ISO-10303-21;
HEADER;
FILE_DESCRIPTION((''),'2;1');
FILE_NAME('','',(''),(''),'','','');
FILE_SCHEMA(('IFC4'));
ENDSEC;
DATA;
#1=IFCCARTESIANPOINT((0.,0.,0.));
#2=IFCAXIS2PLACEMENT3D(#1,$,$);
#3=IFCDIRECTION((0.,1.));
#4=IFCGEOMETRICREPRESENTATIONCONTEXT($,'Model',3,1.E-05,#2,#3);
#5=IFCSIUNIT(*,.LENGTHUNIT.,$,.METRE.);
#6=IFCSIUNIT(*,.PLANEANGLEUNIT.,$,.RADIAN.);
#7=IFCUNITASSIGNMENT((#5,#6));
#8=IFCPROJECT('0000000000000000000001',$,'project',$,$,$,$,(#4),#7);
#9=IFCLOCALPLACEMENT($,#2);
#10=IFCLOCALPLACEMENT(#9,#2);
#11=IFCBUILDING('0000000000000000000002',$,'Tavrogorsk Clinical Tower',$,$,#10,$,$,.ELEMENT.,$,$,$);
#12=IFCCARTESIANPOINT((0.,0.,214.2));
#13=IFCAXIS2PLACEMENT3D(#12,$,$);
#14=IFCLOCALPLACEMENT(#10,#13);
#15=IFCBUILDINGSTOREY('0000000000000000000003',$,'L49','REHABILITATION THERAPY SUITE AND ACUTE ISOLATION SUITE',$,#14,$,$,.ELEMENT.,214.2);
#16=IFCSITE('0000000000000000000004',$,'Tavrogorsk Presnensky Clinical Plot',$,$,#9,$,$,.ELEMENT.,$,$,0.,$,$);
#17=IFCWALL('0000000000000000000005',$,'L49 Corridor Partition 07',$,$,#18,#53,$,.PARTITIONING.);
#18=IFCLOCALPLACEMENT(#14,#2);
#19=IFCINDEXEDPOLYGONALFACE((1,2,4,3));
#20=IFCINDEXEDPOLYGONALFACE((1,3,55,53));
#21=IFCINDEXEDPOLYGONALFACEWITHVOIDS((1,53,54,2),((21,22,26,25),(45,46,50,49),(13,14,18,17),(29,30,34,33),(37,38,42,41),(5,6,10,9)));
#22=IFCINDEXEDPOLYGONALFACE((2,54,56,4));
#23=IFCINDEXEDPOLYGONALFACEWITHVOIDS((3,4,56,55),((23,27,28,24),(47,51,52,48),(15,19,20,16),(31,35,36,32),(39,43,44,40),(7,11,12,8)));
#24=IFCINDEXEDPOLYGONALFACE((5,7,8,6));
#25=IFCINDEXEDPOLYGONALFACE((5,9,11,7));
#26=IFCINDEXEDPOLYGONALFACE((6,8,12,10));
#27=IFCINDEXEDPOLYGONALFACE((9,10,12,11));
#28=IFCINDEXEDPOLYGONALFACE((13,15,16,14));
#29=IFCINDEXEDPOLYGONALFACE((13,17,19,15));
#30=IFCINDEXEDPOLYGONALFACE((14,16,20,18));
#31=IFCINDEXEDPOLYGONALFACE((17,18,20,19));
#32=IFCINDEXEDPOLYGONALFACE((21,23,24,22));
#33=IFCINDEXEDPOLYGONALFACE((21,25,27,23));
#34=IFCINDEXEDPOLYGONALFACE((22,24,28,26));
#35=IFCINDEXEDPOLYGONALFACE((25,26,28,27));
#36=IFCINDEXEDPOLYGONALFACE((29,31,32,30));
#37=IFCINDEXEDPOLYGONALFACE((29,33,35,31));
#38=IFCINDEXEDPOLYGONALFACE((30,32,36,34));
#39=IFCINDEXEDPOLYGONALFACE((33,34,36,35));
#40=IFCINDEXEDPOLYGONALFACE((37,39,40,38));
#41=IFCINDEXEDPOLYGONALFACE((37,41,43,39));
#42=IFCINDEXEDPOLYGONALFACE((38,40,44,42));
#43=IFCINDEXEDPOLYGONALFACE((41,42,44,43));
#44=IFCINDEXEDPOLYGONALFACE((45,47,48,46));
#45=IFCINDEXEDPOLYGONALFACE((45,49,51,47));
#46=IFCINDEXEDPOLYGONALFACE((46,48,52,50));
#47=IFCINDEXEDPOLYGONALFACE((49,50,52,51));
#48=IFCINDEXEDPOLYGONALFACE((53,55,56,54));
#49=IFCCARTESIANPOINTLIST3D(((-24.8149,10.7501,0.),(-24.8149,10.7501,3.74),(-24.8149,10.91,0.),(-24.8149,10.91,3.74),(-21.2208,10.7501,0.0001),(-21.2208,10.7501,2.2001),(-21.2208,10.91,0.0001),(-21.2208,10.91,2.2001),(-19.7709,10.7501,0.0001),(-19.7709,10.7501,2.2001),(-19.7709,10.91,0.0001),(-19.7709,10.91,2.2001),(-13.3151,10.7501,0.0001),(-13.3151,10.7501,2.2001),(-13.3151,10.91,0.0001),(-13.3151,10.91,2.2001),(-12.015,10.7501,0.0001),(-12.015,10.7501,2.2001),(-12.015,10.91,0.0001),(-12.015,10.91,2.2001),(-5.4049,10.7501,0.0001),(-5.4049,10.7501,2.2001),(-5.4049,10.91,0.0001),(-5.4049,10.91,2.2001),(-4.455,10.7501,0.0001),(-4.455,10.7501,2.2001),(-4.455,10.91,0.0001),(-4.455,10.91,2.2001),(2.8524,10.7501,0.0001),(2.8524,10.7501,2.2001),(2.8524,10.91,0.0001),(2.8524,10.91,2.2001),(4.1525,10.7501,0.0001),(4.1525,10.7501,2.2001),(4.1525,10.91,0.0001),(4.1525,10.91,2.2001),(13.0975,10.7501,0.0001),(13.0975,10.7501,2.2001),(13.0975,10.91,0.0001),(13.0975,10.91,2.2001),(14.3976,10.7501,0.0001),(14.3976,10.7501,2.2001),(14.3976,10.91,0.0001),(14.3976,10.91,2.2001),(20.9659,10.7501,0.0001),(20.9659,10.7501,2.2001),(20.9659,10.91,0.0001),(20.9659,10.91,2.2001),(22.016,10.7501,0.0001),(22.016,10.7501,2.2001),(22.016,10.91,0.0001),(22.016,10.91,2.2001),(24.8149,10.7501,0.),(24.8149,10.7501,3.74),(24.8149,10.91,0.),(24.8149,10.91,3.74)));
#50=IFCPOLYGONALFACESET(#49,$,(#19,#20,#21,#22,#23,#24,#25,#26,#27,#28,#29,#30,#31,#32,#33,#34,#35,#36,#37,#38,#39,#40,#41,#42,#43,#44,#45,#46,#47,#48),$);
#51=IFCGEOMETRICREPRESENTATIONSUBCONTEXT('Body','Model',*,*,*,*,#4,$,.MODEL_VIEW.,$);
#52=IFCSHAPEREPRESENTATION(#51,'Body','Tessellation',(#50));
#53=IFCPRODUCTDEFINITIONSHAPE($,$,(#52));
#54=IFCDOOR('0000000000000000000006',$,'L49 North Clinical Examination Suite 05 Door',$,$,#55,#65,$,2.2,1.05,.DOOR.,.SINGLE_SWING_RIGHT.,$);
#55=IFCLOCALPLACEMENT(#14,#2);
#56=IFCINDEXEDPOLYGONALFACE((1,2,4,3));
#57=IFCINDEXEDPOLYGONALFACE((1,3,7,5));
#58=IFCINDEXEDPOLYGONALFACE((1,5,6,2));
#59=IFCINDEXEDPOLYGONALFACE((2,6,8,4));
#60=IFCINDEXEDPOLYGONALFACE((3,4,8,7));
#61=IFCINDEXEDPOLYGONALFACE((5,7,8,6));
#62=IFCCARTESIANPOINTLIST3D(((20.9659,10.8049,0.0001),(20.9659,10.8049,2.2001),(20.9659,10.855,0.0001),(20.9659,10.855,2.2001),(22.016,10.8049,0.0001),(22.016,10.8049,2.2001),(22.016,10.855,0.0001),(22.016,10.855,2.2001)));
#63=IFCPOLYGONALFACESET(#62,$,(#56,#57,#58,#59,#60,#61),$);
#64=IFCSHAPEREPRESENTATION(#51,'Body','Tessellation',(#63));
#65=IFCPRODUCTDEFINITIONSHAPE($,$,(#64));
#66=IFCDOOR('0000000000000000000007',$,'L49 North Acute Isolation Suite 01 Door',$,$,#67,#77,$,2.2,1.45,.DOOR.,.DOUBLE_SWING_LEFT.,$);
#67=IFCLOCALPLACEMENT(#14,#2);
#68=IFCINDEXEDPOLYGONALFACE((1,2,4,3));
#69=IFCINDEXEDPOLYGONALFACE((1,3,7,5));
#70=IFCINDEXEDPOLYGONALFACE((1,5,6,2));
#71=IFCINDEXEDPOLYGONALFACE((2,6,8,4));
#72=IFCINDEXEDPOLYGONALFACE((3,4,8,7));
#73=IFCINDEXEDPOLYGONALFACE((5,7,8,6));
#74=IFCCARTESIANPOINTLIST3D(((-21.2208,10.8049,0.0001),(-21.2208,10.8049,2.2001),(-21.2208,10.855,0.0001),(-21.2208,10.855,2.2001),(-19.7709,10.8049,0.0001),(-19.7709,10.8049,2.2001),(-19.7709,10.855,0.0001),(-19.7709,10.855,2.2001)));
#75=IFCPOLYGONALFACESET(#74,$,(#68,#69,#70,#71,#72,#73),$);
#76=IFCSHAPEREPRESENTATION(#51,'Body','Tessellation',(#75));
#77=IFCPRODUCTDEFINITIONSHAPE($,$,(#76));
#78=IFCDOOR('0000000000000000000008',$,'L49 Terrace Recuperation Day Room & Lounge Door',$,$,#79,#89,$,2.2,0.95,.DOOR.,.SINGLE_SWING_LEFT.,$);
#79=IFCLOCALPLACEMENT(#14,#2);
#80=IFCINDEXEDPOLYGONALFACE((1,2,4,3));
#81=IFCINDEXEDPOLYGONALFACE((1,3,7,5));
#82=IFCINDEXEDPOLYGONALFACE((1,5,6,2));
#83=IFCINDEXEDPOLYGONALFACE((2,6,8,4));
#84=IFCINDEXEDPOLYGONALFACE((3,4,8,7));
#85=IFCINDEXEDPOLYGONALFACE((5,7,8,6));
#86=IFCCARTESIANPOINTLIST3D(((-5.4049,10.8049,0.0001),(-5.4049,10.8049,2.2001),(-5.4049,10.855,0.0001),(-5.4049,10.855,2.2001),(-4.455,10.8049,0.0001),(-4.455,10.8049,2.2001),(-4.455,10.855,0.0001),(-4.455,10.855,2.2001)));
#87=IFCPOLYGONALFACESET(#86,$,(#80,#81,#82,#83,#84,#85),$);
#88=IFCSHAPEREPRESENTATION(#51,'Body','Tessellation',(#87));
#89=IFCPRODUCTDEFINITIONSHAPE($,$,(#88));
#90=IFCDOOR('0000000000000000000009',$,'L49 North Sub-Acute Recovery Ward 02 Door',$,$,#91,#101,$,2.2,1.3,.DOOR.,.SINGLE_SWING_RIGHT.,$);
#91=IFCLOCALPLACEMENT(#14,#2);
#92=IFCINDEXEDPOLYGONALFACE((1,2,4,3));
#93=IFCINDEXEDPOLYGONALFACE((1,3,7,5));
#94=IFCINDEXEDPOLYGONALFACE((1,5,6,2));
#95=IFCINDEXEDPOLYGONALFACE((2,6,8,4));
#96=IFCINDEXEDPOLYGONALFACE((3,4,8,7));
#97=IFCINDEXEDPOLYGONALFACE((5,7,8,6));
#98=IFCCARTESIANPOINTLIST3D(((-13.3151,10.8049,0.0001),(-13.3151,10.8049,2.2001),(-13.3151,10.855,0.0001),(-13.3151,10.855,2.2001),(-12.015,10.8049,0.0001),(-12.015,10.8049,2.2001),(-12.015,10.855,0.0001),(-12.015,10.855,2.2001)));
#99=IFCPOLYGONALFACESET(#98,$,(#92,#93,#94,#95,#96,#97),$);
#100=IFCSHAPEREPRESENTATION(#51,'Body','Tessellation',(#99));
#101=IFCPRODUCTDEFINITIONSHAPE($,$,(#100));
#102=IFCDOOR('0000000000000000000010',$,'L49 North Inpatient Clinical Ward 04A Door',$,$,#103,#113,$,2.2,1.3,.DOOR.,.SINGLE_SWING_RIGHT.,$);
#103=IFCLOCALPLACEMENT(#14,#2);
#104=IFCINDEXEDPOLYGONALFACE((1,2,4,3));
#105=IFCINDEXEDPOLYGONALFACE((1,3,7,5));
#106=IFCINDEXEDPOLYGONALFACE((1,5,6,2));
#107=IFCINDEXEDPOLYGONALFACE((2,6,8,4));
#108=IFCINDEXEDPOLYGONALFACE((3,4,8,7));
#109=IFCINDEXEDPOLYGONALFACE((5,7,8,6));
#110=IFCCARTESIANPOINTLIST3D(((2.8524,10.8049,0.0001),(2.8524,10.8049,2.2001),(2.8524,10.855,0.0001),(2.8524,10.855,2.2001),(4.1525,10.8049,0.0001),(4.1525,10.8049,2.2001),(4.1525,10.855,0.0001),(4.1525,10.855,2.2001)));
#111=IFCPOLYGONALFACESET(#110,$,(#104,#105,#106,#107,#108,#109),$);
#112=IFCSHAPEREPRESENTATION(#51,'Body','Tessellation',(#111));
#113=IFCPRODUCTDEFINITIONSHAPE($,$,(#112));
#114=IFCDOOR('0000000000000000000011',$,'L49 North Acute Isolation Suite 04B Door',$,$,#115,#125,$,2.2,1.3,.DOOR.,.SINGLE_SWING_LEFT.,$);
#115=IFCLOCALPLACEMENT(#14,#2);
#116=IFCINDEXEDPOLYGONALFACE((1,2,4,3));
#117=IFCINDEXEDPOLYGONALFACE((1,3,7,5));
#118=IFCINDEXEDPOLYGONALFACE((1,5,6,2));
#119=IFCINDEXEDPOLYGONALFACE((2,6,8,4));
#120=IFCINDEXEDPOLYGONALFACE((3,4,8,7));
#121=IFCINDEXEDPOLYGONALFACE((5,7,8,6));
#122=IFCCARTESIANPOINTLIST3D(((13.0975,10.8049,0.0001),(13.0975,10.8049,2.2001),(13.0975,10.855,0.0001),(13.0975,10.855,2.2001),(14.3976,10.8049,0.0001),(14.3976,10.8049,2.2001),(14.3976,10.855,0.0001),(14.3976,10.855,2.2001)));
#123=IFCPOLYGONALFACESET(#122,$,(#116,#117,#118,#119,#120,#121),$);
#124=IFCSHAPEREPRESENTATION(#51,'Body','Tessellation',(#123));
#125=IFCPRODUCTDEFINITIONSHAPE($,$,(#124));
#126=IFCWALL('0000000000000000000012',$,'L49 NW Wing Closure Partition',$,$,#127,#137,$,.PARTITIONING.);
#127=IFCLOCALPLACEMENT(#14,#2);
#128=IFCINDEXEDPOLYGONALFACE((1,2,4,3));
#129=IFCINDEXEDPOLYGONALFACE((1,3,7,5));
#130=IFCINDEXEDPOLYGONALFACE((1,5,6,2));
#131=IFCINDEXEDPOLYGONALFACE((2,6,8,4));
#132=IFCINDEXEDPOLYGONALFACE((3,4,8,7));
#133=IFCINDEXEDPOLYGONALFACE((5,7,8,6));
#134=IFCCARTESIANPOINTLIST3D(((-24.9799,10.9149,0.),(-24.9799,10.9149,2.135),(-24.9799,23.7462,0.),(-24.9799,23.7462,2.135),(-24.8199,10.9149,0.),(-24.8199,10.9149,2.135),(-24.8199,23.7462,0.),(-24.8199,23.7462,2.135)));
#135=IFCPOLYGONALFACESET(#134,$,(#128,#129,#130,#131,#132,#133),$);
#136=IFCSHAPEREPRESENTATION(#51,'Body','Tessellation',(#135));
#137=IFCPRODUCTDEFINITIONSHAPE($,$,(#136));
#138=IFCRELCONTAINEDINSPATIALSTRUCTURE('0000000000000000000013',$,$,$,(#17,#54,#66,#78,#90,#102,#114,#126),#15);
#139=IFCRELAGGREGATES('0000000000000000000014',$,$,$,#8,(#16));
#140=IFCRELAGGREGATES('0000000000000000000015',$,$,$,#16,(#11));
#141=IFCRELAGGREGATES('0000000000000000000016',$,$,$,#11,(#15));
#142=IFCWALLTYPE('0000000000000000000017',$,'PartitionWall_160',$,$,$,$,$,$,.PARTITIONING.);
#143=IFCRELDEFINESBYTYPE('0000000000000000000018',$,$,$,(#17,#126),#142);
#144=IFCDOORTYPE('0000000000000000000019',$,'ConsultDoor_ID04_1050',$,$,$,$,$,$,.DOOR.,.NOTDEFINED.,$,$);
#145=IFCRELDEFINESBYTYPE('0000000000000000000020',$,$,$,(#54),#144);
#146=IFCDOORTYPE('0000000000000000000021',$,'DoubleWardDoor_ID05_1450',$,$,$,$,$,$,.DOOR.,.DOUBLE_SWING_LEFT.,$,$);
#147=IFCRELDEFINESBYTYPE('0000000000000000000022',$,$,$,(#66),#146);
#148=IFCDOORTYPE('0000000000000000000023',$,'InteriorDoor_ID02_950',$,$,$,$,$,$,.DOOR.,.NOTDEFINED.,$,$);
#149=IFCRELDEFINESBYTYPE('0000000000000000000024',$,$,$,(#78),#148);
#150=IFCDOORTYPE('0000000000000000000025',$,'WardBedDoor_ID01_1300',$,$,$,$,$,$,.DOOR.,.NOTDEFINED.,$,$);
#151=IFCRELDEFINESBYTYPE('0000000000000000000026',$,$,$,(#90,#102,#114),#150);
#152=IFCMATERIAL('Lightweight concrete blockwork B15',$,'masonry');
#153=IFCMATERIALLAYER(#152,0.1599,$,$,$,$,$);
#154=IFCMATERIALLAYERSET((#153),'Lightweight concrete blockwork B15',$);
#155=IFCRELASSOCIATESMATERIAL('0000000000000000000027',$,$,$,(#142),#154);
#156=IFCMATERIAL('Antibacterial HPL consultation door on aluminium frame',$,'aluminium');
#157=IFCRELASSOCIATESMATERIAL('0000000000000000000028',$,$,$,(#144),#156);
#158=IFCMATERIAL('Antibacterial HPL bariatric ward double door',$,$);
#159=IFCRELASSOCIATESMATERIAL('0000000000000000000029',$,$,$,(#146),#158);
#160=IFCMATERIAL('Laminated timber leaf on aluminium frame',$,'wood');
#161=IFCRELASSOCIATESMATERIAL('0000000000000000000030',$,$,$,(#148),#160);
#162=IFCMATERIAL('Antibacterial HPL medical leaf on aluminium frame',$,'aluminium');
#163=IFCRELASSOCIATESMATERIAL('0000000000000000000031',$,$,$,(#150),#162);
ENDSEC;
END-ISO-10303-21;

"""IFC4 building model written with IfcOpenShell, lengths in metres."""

from ifc_helpers import new_model, si_unit, direction, frame, frame_2d, origin, place, context, subcontext, project, spatial, rectangle, extrude, material, layer, layer_set, type_object, element, fill, save


model = new_model("IFC4")

# Units and contexts
model_context = context("Model", 3, precision=1e-05, world=origin(), true_north=direction((0.0, 1.0)))
body_context = subcontext(model_context, "Body", "Model", "MODEL_VIEW")
ifc_project = project(units=[si_unit("LENGTHUNIT", "METRE"), si_unit("PLANEANGLEUNIT", "RADIAN")], contexts=[model_context])

# Site, building, storey
site_placement = place(None, origin())
site = spatial("IfcSite", under=ifc_project, at=site_placement, Name="Tavrogorsk Presnensky Clinical Plot", CompositionType="ELEMENT", RefElevation=0.0)
building_placement = place(site_placement, origin())
building = spatial("IfcBuilding", under=site, at=building_placement, Name="Tavrogorsk Clinical Tower", CompositionType="ELEMENT")
storey_placement = place(building_placement, frame((0.0, 0.0, 214.2)))
storey = spatial("IfcBuildingStorey", under=building, at=storey_placement, Name="L49", Description="REHABILITATION THERAPY SUITE AND ACUTE ISOLATION SUITE", CompositionType="ELEMENT", Elevation=214.2)

# Shared definitions
ifc_material_1 = material(Name="Lightweight concrete blockwork B15", Category="masonry")
ifc_layer_1 = layer(ifc_material_1, 0.1599)
ifc_layer_set_1 = layer_set([ifc_layer_1], Name="Lightweight concrete blockwork B15")
wall_type_1 = type_object("IfcWallType", Name="PartitionWall_160", PredefinedType="PARTITIONING", material=ifc_layer_set_1)

# Wall, openings, doors
wall_1_placement = place(storey_placement, frame((-24.8149, 10.8301, 0.0), z_axis=(0.0, 0.0, 1.0), x_axis=(1.0, 0.0, 0.0)))
wall_1 = element("IfcWall", 1, at=wall_1_placement, inside=storey, type_object=wall_type_1, Name="L49 Corridor Partition 07", PredefinedType="PARTITIONING", context=body_context, shape_type="SweptSolid", body=[
    extrude(rectangle(XDim=49.6299, YDim=0.1599, at=frame_2d((24.8149, 0.0))), origin(), (0.0, 0.0, 1.0), 3.74),
])
opening_1_placement = place(wall_1_placement, frame((3.594, 0.0, 0.0)))
opening_1 = element("IfcOpeningElement", 2, at=opening_1_placement, cuts=wall_1, PredefinedType="OPENING", context=body_context, shape_type="SweptSolid", body=[
    extrude(rectangle(XDim=1.45, YDim=2.2, at=frame_2d((0.7251, 1.1001))), frame((0.0, 0.0898, 0.0), z_axis=(0.0, -1.0, 0.0), x_axis=(1.0, 0.0, 0.0)), (0.0, 0.0, 1.0), 0.1799),
])
opening_2_placement = place(wall_1_placement, frame((11.5, 0.0, 0.0)))
opening_2 = element("IfcOpeningElement", 3, at=opening_2_placement, cuts=wall_1, PredefinedType="OPENING", context=body_context, shape_type="SweptSolid", body=[
    extrude(rectangle(XDim=1.3, YDim=2.2, at=frame_2d((0.6499, 1.1001))), frame((0.0, 0.0898, 0.0), z_axis=(0.0, -1.0, 0.0), x_axis=(1.0, 0.0, 0.0)), (0.0, 0.0, 1.0), 0.1799),
])
opening_3_placement = place(wall_1_placement, frame((19.4099, 0.0, 0.0)))
opening_3 = element("IfcOpeningElement", 4, at=opening_3_placement, cuts=wall_1, PredefinedType="OPENING", context=body_context, shape_type="SweptSolid", body=[
    extrude(rectangle(XDim=0.95, YDim=2.2, at=frame_2d((0.4751, 1.1001))), frame((0.0, 0.0898, 0.0), z_axis=(0.0, -1.0, 0.0), x_axis=(1.0, 0.0, 0.0)), (0.0, 0.0, 1.0), 0.1799),
])
opening_4_placement = place(wall_1_placement, frame((27.6675, 0.0, 0.0)))
opening_4 = element("IfcOpeningElement", 5, at=opening_4_placement, cuts=wall_1, PredefinedType="OPENING", context=body_context, shape_type="SweptSolid", body=[
    extrude(rectangle(XDim=1.3, YDim=2.2, at=frame_2d((0.6499, 1.1001))), frame((0.0, 0.0898, 0.0), z_axis=(0.0, -1.0, 0.0), x_axis=(1.0, 0.0, 0.0)), (0.0, 0.0, 1.0), 0.1799),
])
opening_5_placement = place(wall_1_placement, frame((37.9126, 0.0, 0.0)))
opening_5 = element("IfcOpeningElement", 6, at=opening_5_placement, cuts=wall_1, PredefinedType="OPENING", context=body_context, shape_type="SweptSolid", body=[
    extrude(rectangle(XDim=1.3, YDim=2.2, at=frame_2d((0.6499, 1.1001))), frame((0.0, 0.0898, 0.0), z_axis=(0.0, -1.0, 0.0), x_axis=(1.0, 0.0, 0.0)), (0.0, 0.0, 1.0), 0.1799),
])
opening_6_placement = place(wall_1_placement, frame((45.781, 0.0, 0.0)))
opening_6 = element("IfcOpeningElement", 7, at=opening_6_placement, cuts=wall_1, PredefinedType="OPENING", context=body_context, shape_type="SweptSolid", body=[
    extrude(rectangle(XDim=1.05, YDim=2.2, at=frame_2d((0.5249, 1.1001))), frame((0.0, 0.0898, 0.0), z_axis=(0.0, -1.0, 0.0), x_axis=(1.0, 0.0, 0.0)), (0.0, 0.0, 1.0), 0.1799),
])
ifc_material_2 = material(Name="Antibacterial HPL consultation door on aluminium frame", Category="aluminium")
door_type_1 = type_object("IfcDoorType", Name="ConsultDoor_ID04_1050", OperationType="NOTDEFINED", PredefinedType="DOOR", material=ifc_material_2)
door_1_placement = place(opening_6_placement, origin())
door_1 = element("IfcDoor", 8, at=door_1_placement, inside=storey, type_object=door_type_1, Name="L49 North Clinical Examination Suite 05 Door", OperationType="SINGLE_SWING_RIGHT", OverallHeight=2.2, OverallWidth=1.05, PredefinedType="DOOR", context=body_context, shape_type="SweptSolid", body=[
    extrude(rectangle(XDim=1.05, YDim=2.2, at=frame_2d((0.5249, 1.1001))), frame((0.0, 0.0249, 0.0), z_axis=(0.0, -1.0, 0.0), x_axis=(1.0, 0.0, 0.0)), (0.0, 0.0, 1.0), 0.05),
])
fill(opening_6, door_1)
ifc_material_3 = material(Name="Antibacterial HPL bariatric ward double door")
door_type_2 = type_object("IfcDoorType", Name="DoubleWardDoor_ID05_1450", OperationType="DOUBLE_SWING_LEFT", PredefinedType="DOOR", material=ifc_material_3)
door_2_placement = place(opening_1_placement, origin())
door_2 = element("IfcDoor", 9, at=door_2_placement, inside=storey, type_object=door_type_2, Name="L49 North Acute Isolation Suite 01 Door", OperationType="DOUBLE_SWING_LEFT", OverallHeight=2.2, OverallWidth=1.45, PredefinedType="DOOR", context=body_context, shape_type="SweptSolid", body=[
    extrude(rectangle(XDim=1.45, YDim=2.2, at=frame_2d((0.7251, 1.1001))), frame((0.0, 0.0249, 0.0), z_axis=(0.0, -1.0, 0.0), x_axis=(1.0, 0.0, 0.0)), (0.0, 0.0, 1.0), 0.05),
])
fill(opening_1, door_2)
ifc_material_4 = material(Name="Laminated timber leaf on aluminium frame", Category="wood")
door_type_3 = type_object("IfcDoorType", Name="InteriorDoor_ID02_950", OperationType="NOTDEFINED", PredefinedType="DOOR", material=ifc_material_4)
door_3_placement = place(opening_3_placement, origin())
door_3 = element("IfcDoor", 10, at=door_3_placement, inside=storey, type_object=door_type_3, Name="L49 Terrace Recuperation Day Room & Lounge Door", OperationType="SINGLE_SWING_LEFT", OverallHeight=2.2, OverallWidth=0.95, PredefinedType="DOOR", context=body_context, shape_type="SweptSolid", body=[
    extrude(rectangle(XDim=0.95, YDim=2.2, at=frame_2d((0.4751, 1.1001))), frame((0.0, 0.0249, 0.0), z_axis=(0.0, -1.0, 0.0), x_axis=(1.0, 0.0, 0.0)), (0.0, 0.0, 1.0), 0.05),
])
fill(opening_3, door_3)
ifc_material_5 = material(Name="Antibacterial HPL medical leaf on aluminium frame", Category="aluminium")
door_type_4 = type_object("IfcDoorType", Name="WardBedDoor_ID01_1300", OperationType="NOTDEFINED", PredefinedType="DOOR", material=ifc_material_5)
door_4_placement = place(opening_2_placement, origin())
door_4 = element("IfcDoor", 11, at=door_4_placement, inside=storey, type_object=door_type_4, Name="L49 North Sub-Acute Recovery Ward 02 Door", OperationType="SINGLE_SWING_RIGHT", OverallHeight=2.2, OverallWidth=1.3, PredefinedType="DOOR", context=body_context, shape_type="SweptSolid", body=[
    extrude(rectangle(XDim=1.3, YDim=2.2, at=frame_2d((0.6499, 1.1001))), frame((0.0, 0.0249, 0.0), z_axis=(0.0, -1.0, 0.0), x_axis=(1.0, 0.0, 0.0)), (0.0, 0.0, 1.0), 0.05),
])
fill(opening_2, door_4)
door_5_placement = place(opening_4_placement, origin())
door_5 = element("IfcDoor", 12, at=door_5_placement, inside=storey, type_object=door_type_4, Name="L49 North Inpatient Clinical Ward 04A Door", OperationType="SINGLE_SWING_RIGHT", OverallHeight=2.2, OverallWidth=1.3, PredefinedType="DOOR", context=body_context, shape_type="SweptSolid", body=[
    extrude(rectangle(XDim=1.3, YDim=2.2, at=frame_2d((0.6499, 1.1001))), frame((0.0, 0.0249, 0.0), z_axis=(0.0, -1.0, 0.0), x_axis=(1.0, 0.0, 0.0)), (0.0, 0.0, 1.0), 0.05),
])
fill(opening_4, door_5)
door_6_placement = place(opening_5_placement, origin())
door_6 = element("IfcDoor", 13, at=door_6_placement, inside=storey, type_object=door_type_4, Name="L49 North Acute Isolation Suite 04B Door", OperationType="SINGLE_SWING_LEFT", OverallHeight=2.2, OverallWidth=1.3, PredefinedType="DOOR", context=body_context, shape_type="SweptSolid", body=[
    extrude(rectangle(XDim=1.3, YDim=2.2, at=frame_2d((0.6499, 1.1001))), frame((0.0, 0.0249, 0.0), z_axis=(0.0, -1.0, 0.0), x_axis=(1.0, 0.0, 0.0)), (0.0, 0.0, 1.0), 0.05),
])
fill(opening_5, door_6)

# Wall
wall_2_placement = place(storey_placement, frame((-24.8999, 10.915, 0.0), z_axis=(0.0, 0.0, 1.0), x_axis=(0.0, 1.0, 0.0)))
element("IfcWall", 14, at=wall_2_placement, inside=storey, type_object=wall_type_1, Name="L49 NW Wing Closure Partition", PredefinedType="PARTITIONING", context=body_context, shape_type="SweptSolid", body=[
    extrude(rectangle(XDim=12.8313, YDim=0.1599, at=frame_2d((6.4155, 0.0))), origin(), (0.0, 0.0, 1.0), 2.135),
])

save(model, "model.ifc")
